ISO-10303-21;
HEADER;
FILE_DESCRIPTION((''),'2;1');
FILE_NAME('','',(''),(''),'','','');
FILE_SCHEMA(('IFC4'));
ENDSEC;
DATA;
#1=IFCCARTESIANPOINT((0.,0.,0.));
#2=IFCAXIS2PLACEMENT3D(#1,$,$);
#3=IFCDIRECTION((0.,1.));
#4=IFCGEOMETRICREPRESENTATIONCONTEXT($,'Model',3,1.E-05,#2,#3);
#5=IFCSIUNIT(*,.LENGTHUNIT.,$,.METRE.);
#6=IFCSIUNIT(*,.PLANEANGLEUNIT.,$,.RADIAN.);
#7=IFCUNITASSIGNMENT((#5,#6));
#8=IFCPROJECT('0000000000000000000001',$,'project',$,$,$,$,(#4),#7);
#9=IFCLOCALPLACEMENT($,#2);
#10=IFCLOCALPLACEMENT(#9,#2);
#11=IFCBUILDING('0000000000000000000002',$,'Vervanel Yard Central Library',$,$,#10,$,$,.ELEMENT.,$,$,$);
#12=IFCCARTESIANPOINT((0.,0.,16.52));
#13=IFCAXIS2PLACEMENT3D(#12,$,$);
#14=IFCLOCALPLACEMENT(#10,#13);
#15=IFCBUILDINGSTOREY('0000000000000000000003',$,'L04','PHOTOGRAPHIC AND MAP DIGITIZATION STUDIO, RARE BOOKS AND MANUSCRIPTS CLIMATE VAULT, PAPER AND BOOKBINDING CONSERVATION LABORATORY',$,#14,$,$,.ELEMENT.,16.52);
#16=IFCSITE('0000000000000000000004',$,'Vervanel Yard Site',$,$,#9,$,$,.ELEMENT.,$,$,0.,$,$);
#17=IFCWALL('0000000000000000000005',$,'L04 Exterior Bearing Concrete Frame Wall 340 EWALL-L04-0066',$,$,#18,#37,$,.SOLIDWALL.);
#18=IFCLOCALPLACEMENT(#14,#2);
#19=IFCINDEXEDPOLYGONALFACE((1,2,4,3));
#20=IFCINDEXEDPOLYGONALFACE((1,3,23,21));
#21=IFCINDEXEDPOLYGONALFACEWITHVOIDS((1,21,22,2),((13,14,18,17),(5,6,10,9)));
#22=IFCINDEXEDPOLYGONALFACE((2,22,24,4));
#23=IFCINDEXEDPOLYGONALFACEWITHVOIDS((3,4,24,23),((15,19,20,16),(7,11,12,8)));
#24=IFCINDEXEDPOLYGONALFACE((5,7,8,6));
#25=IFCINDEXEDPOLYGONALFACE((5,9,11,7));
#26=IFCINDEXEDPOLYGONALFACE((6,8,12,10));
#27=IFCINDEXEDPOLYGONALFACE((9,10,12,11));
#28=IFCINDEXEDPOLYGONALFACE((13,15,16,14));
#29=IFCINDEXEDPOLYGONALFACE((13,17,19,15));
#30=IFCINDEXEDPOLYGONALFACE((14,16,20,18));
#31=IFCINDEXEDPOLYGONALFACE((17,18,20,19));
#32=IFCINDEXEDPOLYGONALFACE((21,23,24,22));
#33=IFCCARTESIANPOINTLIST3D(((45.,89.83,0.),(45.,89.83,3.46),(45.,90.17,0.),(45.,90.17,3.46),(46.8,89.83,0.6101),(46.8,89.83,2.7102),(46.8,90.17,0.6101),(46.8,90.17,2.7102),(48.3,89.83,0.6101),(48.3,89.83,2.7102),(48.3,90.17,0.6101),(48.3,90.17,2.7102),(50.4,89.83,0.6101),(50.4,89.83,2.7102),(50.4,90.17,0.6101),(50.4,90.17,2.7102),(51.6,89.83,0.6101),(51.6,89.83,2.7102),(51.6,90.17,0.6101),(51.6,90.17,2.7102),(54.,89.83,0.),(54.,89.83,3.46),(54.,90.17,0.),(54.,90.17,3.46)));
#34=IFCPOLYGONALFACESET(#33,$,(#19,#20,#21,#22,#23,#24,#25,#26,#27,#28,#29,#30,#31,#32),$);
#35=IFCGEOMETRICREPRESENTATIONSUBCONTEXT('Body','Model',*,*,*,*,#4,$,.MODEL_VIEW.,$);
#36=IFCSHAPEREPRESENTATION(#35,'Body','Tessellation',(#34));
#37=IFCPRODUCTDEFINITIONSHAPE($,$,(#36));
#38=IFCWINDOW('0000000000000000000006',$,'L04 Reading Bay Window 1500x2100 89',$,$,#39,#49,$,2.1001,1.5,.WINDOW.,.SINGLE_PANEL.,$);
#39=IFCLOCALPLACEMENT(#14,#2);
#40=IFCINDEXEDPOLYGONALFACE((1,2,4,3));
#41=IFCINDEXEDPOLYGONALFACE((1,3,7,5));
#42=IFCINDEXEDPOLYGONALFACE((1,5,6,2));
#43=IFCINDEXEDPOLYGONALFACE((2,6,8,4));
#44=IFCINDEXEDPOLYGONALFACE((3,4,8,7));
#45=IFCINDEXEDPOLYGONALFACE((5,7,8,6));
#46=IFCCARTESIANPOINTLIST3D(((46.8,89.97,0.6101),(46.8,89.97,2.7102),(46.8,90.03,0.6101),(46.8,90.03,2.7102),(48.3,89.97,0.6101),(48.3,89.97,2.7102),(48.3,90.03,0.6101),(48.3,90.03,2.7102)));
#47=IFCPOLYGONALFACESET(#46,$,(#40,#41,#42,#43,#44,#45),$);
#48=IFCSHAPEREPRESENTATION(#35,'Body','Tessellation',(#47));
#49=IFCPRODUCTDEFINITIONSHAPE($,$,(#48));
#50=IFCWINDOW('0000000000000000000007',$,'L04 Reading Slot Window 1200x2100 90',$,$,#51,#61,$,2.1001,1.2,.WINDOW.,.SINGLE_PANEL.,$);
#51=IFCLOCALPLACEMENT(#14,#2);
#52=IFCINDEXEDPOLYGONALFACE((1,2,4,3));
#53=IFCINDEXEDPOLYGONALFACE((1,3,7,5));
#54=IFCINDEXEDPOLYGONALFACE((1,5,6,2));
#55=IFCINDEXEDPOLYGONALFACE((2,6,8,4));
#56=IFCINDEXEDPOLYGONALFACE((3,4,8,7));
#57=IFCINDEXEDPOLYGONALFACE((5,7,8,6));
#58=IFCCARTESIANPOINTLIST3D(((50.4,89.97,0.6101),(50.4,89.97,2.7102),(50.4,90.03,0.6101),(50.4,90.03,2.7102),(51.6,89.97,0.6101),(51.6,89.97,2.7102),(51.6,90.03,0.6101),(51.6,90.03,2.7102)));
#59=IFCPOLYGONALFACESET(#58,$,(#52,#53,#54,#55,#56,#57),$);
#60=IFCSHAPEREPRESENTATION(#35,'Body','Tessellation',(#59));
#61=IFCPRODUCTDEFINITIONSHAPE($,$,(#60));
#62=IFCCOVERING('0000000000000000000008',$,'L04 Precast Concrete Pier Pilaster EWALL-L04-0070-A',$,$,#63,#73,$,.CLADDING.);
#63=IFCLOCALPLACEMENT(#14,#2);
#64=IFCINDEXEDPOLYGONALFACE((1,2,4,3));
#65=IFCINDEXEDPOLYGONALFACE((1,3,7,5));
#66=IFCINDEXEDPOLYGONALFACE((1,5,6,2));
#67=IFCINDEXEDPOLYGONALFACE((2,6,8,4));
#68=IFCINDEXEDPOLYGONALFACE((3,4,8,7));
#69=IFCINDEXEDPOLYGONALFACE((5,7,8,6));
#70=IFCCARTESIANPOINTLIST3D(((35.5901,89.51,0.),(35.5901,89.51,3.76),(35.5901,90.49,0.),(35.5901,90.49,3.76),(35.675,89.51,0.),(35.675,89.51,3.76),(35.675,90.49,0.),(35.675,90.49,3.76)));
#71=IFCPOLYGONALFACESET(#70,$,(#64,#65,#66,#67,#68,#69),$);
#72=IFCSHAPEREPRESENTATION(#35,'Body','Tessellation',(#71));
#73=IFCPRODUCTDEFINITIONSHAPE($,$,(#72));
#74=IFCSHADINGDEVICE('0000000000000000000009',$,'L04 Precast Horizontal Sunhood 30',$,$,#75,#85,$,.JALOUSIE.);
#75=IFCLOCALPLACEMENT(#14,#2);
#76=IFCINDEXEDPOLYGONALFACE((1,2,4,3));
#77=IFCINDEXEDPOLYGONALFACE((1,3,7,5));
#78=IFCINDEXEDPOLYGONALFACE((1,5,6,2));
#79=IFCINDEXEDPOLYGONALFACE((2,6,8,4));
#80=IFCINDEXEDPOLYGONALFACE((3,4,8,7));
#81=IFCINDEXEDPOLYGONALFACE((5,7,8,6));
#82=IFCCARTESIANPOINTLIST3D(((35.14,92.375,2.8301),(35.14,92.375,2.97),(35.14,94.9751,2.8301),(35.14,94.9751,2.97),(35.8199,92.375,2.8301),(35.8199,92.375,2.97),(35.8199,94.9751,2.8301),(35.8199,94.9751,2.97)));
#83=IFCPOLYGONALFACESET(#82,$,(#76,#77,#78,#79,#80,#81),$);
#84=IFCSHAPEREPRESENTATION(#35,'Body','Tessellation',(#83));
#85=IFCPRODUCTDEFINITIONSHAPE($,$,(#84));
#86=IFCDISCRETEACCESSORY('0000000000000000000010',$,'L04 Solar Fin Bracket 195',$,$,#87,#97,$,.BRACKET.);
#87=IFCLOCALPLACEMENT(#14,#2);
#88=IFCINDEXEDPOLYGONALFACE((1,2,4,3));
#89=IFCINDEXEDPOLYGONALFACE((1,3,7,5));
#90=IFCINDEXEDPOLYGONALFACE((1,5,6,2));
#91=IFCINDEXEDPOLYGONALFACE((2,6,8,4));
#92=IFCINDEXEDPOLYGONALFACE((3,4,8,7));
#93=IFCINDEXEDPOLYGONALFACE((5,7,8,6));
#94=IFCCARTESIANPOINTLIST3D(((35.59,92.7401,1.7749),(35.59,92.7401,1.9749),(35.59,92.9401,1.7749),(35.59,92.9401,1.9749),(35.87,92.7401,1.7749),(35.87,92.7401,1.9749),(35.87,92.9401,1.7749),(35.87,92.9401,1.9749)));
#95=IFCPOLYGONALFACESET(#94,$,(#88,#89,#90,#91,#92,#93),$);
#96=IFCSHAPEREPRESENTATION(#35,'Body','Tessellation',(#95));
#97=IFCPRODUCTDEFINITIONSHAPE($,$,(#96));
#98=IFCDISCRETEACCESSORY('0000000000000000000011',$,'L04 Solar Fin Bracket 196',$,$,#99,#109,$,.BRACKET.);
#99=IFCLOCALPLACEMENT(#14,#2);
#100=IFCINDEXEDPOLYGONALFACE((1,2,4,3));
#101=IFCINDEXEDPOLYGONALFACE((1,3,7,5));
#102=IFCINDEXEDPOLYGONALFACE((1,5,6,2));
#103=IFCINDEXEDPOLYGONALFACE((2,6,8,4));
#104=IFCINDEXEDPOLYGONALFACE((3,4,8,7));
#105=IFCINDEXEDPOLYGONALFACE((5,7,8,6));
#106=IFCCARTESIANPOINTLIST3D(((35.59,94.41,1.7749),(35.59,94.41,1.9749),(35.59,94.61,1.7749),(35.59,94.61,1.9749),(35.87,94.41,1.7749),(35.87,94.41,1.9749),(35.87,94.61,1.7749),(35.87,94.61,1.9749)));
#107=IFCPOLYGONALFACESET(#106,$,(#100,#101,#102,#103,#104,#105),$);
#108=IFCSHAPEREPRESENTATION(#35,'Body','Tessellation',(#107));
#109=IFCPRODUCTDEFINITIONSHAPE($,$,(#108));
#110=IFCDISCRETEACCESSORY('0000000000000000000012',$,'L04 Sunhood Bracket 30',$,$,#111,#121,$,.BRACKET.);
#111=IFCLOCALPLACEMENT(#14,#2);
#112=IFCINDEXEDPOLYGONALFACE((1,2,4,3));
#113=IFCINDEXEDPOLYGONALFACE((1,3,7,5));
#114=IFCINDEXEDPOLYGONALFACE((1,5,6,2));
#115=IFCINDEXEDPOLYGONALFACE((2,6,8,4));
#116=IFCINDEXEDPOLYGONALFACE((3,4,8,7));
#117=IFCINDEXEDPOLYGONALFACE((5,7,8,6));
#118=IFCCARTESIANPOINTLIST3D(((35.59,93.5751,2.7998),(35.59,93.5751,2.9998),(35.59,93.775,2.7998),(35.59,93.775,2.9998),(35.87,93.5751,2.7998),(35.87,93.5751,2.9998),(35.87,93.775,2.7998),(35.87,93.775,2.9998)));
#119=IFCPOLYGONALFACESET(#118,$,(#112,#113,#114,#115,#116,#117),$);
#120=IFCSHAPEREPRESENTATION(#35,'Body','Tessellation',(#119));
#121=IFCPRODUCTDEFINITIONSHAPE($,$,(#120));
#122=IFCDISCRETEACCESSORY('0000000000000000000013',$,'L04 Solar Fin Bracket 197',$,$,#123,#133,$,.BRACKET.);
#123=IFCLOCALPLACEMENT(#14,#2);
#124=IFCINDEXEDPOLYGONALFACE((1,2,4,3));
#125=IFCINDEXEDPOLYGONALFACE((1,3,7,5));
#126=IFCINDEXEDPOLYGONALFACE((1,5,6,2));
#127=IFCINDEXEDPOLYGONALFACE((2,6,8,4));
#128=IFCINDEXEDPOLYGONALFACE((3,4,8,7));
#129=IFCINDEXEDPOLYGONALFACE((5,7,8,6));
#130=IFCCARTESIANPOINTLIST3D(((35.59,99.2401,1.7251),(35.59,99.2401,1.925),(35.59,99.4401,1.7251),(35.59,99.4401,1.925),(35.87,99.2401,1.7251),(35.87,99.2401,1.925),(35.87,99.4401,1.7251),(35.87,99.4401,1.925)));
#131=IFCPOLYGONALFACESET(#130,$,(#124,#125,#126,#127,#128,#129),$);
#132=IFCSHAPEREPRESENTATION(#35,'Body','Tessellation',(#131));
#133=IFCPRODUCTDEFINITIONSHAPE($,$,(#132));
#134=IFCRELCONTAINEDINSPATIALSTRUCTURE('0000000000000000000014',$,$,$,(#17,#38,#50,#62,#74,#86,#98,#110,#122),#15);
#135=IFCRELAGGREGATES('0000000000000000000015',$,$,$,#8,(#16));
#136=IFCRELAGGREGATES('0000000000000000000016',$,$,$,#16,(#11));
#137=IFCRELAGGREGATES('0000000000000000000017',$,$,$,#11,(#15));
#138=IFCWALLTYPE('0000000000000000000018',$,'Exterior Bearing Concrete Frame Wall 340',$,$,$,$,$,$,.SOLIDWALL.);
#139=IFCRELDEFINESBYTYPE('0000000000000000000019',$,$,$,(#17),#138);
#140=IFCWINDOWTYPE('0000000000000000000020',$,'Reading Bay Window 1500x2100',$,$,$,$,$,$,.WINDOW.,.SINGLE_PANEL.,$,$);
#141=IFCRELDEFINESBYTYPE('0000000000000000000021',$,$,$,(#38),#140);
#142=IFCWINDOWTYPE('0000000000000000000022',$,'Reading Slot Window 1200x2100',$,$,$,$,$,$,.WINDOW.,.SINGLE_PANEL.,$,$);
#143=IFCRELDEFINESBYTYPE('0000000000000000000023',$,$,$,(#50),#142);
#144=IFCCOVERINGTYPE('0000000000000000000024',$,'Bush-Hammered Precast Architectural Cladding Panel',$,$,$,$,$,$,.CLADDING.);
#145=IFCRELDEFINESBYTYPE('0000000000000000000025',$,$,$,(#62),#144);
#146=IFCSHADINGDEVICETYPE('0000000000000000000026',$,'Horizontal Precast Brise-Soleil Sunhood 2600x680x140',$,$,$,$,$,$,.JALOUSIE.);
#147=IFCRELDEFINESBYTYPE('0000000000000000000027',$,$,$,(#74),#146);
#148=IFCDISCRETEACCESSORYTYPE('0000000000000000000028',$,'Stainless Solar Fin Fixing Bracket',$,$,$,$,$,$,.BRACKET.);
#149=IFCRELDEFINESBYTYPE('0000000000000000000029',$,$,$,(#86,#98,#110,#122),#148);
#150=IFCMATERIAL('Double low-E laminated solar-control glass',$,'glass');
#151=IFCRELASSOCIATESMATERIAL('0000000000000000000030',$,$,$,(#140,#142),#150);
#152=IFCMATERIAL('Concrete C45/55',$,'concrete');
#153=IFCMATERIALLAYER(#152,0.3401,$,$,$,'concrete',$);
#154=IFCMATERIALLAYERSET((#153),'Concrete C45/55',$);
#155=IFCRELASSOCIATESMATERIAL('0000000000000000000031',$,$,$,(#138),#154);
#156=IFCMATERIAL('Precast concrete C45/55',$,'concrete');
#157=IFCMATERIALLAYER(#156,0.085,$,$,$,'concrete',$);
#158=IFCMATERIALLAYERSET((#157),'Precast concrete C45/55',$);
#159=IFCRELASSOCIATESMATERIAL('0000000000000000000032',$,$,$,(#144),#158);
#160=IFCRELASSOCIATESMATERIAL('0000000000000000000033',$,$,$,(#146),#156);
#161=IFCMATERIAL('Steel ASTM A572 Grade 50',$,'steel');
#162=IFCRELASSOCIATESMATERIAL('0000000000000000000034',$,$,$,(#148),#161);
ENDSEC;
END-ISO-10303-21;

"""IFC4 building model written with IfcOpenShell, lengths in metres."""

from ifc_helpers import new_model, si_unit, direction, frame, frame_2d, origin, origin_2d, place, context, subcontext, project, spatial, rectangle, extrude, material, layer, layer_set, type_object, element, fill, save


model = new_model("IFC4")

# Units and contexts
model_context = context("Model", 3, precision=1e-05, world=origin(), true_north=direction((0.0, 1.0)))
body_context = subcontext(model_context, "Body", "Model", "MODEL_VIEW")
ifc_project = project(units=[si_unit("LENGTHUNIT", "METRE"), si_unit("PLANEANGLEUNIT", "RADIAN")], contexts=[model_context])

# Site, building, storey
site_placement = place(None, origin())
site = spatial("IfcSite", under=ifc_project, at=site_placement, Name="Vervanel Yard Site", CompositionType="ELEMENT", RefElevation=0.0)
building_placement = place(site_placement, origin())
building = spatial("IfcBuilding", under=site, at=building_placement, Name="Vervanel Yard Central Library", CompositionType="ELEMENT")
storey_placement = place(building_placement, frame((0.0, 0.0, 16.52)))
storey = spatial("IfcBuildingStorey", under=building, at=storey_placement, Name="L04", Description="PHOTOGRAPHIC AND MAP DIGITIZATION STUDIO, RARE BOOKS AND MANUSCRIPTS CLIMATE VAULT, PAPER AND BOOKBINDING CONSERVATION LABORATORY", CompositionType="ELEMENT", Elevation=16.52)

# Shared definitions
ifc_material_1 = material(Name="Concrete C45/55", Category="concrete")

# Wall, openings, windows
ifc_material_2 = material(Name="Precast concrete C45/55", Category="concrete")
ifc_material_3 = material(Name="Double low-E laminated solar-control glass", Category="glass")
window_type_1 = type_object("IfcWindowType", Name="Reading Bay Window 1500x2100", PartitioningType="SINGLE_PANEL", PredefinedType="WINDOW", material=ifc_material_3)
ifc_layer_1 = layer(ifc_material_1, 0.3401, Category="concrete")
ifc_layer_set_1 = layer_set([ifc_layer_1], Name="Concrete C45/55")
wall_type_1 = type_object("IfcWallType", Name="Exterior Bearing Concrete Frame Wall 340", PredefinedType="SOLIDWALL", material=ifc_layer_set_1)
window_type_2 = type_object("IfcWindowType", Name="Reading Slot Window 1200x2100", PartitioningType="SINGLE_PANEL", PredefinedType="WINDOW", material=ifc_material_3)
wall_1_placement = place(storey_placement, frame((45.0, 90.0, 0.0), z_axis=(0.0, 0.0, 1.0), x_axis=(1.0, 0.0, 0.0)))
wall_1 = element("IfcWall", 1, at=wall_1_placement, inside=storey, type_object=wall_type_1, Name="L04 Exterior Bearing Concrete Frame Wall 340 EWALL-L04-0066", PredefinedType="SOLIDWALL", context=body_context, shape_type="SweptSolid", body=[
    extrude(rectangle(XDim=9.0, YDim=0.3401, at=frame_2d((4.5, 0.0))), origin(), (0.0, 0.0, 1.0), 3.46),
])
opening_1_placement = place(wall_1_placement, frame((1.8, 0.0, 0.6101)))
opening_1 = element("IfcOpeningElement", 2, at=opening_1_placement, cuts=wall_1, PredefinedType="OPENING", context=body_context, shape_type="SweptSolid", body=[
    extrude(rectangle(XDim=1.5, YDim=2.1001, at=frame_2d((0.75, 1.05))), frame((0.0, 0.1799, 0.0), z_axis=(0.0, -1.0, 0.0), x_axis=(1.0, 0.0, 0.0)), (0.0, 0.0, 1.0), 0.3601),
])
opening_2_placement = place(wall_1_placement, frame((5.3999, 0.0, 0.6101)))
opening_2 = element("IfcOpeningElement", 3, at=opening_2_placement, cuts=wall_1, PredefinedType="OPENING", context=body_context, shape_type="SweptSolid", body=[
    extrude(rectangle(XDim=1.2, YDim=2.1001, at=frame_2d((0.6001, 1.05))), frame((0.0, 0.1799, 0.0), z_axis=(0.0, -1.0, 0.0), x_axis=(1.0, 0.0, 0.0)), (0.0, 0.0, 1.0), 0.3601),
])
window_1_placement = place(opening_1_placement, origin())
window_1 = element("IfcWindow", 4, at=window_1_placement, inside=storey, type_object=window_type_1, Name="L04 Reading Bay Window 1500x2100 89", OverallHeight=2.1001, OverallWidth=1.5, PartitioningType="SINGLE_PANEL", PredefinedType="WINDOW", context=body_context, shape_type="SweptSolid", body=[
    extrude(rectangle(XDim=1.5, YDim=2.1001, at=frame_2d((0.75, 1.05))), frame((0.0, 0.03, 0.0), z_axis=(0.0, -1.0, 0.0), x_axis=(1.0, 0.0, 0.0)), (0.0, 0.0, 1.0), 0.0601),
])
fill(opening_1, window_1)
window_2_placement = place(opening_2_placement, origin())
window_2 = element("IfcWindow", 5, at=window_2_placement, inside=storey, type_object=window_type_2, Name="L04 Reading Slot Window 1200x2100 90", OverallHeight=2.1001, OverallWidth=1.2, PartitioningType="SINGLE_PANEL", PredefinedType="WINDOW", context=body_context, shape_type="SweptSolid", body=[
    extrude(rectangle(XDim=1.2, YDim=2.1001, at=frame_2d((0.6001, 1.05))), frame((0.0, 0.03, 0.0), z_axis=(0.0, -1.0, 0.0), x_axis=(1.0, 0.0, 0.0)), (0.0, 0.0, 1.0), 0.0601),
])
fill(opening_2, window_2)

# Covering
ifc_layer_2 = layer(ifc_material_2, 0.085, Category="concrete")
ifc_layer_set_2 = layer_set([ifc_layer_2], Name="Precast concrete C45/55")
covering_type = type_object("IfcCoveringType", Name="Bush-Hammered Precast Architectural Cladding Panel", PredefinedType="CLADDING", material=ifc_layer_set_2)
covering_placement = place(storey_placement, frame((35.6326, 90.0, 0.0), z_axis=(0.0, 0.0, 1.0), x_axis=(0.0, 1.0, 0.0)))
element("IfcCovering", 6, at=covering_placement, inside=storey, type_object=covering_type, Name="L04 Precast Concrete Pier Pilaster EWALL-L04-0070-A", PredefinedType="CLADDING", context=body_context, shape_type="SweptSolid", body=[
    extrude(rectangle(XDim=0.98, YDim=0.085, at=origin_2d()), origin(), (0.0, 0.0, 1.0), 3.76),
])

# Shading device
shading_device_type = type_object("IfcShadingDeviceType", Name="Horizontal Precast Brise-Soleil Sunhood 2600x680x140", PredefinedType="JALOUSIE", material=ifc_material_2)
shading_device_placement = place(storey_placement, frame((35.48, 93.675, 2.8301), z_axis=(0.0, 0.0, 1.0), x_axis=(0.0, 1.0, 0.0)))
element("IfcShadingDevice", 7, at=shading_device_placement, inside=storey, type_object=shading_device_type, Name="L04 Precast Horizontal Sunhood 30", PredefinedType="JALOUSIE", context=body_context, shape_type="SweptSolid", body=[
    extrude(rectangle(XDim=2.6001, YDim=0.6799, at=origin_2d()), origin(), (0.0, 0.0, 1.0), 0.1399),
])

# Discrete accessories
ifc_material_4 = material(Name="Steel ASTM A572 Grade 50", Category="steel")
discrete_accessory_type = type_object("IfcDiscreteAccessoryType", Name="Stainless Solar Fin Fixing Bracket", PredefinedType="BRACKET", material=ifc_material_4)
for number, where, z_axis, x_axis, name in (
    (8, (35.73, 92.8401, 1.7749), (0.0, 0.0, 1.0), (0.0, 1.0, 0.0), "L04 Solar Fin Bracket 195"),
    (9, (35.73, 94.51, 1.7749), (0.0, 0.0, 1.0), (0.0, 1.0, 0.0), "L04 Solar Fin Bracket 196"),
    (10, (35.73, 93.675, 2.7998), (0.0, 0.0, 1.0), (0.0, 1.0, 0.0), "L04 Sunhood Bracket 30"),
    (11, (35.73, 99.3401, 1.7251), (0.0, 0.0, 1.0), (0.0, 1.0, 0.0), "L04 Solar Fin Bracket 197"),
):
    element("IfcDiscreteAccessory", number, at=place(storey_placement, frame(where, z_axis=z_axis, x_axis=x_axis)), inside=storey, type_object=discrete_accessory_type, Name=name, PredefinedType="BRACKET", context=body_context, shape_type="SweptSolid", body=[
        extrude(rectangle(XDim=0.2, YDim=0.28, at=origin_2d()), origin(), (0.0, 0.0, 1.0), 0.2),
    ])

save(model, "model.ifc")
